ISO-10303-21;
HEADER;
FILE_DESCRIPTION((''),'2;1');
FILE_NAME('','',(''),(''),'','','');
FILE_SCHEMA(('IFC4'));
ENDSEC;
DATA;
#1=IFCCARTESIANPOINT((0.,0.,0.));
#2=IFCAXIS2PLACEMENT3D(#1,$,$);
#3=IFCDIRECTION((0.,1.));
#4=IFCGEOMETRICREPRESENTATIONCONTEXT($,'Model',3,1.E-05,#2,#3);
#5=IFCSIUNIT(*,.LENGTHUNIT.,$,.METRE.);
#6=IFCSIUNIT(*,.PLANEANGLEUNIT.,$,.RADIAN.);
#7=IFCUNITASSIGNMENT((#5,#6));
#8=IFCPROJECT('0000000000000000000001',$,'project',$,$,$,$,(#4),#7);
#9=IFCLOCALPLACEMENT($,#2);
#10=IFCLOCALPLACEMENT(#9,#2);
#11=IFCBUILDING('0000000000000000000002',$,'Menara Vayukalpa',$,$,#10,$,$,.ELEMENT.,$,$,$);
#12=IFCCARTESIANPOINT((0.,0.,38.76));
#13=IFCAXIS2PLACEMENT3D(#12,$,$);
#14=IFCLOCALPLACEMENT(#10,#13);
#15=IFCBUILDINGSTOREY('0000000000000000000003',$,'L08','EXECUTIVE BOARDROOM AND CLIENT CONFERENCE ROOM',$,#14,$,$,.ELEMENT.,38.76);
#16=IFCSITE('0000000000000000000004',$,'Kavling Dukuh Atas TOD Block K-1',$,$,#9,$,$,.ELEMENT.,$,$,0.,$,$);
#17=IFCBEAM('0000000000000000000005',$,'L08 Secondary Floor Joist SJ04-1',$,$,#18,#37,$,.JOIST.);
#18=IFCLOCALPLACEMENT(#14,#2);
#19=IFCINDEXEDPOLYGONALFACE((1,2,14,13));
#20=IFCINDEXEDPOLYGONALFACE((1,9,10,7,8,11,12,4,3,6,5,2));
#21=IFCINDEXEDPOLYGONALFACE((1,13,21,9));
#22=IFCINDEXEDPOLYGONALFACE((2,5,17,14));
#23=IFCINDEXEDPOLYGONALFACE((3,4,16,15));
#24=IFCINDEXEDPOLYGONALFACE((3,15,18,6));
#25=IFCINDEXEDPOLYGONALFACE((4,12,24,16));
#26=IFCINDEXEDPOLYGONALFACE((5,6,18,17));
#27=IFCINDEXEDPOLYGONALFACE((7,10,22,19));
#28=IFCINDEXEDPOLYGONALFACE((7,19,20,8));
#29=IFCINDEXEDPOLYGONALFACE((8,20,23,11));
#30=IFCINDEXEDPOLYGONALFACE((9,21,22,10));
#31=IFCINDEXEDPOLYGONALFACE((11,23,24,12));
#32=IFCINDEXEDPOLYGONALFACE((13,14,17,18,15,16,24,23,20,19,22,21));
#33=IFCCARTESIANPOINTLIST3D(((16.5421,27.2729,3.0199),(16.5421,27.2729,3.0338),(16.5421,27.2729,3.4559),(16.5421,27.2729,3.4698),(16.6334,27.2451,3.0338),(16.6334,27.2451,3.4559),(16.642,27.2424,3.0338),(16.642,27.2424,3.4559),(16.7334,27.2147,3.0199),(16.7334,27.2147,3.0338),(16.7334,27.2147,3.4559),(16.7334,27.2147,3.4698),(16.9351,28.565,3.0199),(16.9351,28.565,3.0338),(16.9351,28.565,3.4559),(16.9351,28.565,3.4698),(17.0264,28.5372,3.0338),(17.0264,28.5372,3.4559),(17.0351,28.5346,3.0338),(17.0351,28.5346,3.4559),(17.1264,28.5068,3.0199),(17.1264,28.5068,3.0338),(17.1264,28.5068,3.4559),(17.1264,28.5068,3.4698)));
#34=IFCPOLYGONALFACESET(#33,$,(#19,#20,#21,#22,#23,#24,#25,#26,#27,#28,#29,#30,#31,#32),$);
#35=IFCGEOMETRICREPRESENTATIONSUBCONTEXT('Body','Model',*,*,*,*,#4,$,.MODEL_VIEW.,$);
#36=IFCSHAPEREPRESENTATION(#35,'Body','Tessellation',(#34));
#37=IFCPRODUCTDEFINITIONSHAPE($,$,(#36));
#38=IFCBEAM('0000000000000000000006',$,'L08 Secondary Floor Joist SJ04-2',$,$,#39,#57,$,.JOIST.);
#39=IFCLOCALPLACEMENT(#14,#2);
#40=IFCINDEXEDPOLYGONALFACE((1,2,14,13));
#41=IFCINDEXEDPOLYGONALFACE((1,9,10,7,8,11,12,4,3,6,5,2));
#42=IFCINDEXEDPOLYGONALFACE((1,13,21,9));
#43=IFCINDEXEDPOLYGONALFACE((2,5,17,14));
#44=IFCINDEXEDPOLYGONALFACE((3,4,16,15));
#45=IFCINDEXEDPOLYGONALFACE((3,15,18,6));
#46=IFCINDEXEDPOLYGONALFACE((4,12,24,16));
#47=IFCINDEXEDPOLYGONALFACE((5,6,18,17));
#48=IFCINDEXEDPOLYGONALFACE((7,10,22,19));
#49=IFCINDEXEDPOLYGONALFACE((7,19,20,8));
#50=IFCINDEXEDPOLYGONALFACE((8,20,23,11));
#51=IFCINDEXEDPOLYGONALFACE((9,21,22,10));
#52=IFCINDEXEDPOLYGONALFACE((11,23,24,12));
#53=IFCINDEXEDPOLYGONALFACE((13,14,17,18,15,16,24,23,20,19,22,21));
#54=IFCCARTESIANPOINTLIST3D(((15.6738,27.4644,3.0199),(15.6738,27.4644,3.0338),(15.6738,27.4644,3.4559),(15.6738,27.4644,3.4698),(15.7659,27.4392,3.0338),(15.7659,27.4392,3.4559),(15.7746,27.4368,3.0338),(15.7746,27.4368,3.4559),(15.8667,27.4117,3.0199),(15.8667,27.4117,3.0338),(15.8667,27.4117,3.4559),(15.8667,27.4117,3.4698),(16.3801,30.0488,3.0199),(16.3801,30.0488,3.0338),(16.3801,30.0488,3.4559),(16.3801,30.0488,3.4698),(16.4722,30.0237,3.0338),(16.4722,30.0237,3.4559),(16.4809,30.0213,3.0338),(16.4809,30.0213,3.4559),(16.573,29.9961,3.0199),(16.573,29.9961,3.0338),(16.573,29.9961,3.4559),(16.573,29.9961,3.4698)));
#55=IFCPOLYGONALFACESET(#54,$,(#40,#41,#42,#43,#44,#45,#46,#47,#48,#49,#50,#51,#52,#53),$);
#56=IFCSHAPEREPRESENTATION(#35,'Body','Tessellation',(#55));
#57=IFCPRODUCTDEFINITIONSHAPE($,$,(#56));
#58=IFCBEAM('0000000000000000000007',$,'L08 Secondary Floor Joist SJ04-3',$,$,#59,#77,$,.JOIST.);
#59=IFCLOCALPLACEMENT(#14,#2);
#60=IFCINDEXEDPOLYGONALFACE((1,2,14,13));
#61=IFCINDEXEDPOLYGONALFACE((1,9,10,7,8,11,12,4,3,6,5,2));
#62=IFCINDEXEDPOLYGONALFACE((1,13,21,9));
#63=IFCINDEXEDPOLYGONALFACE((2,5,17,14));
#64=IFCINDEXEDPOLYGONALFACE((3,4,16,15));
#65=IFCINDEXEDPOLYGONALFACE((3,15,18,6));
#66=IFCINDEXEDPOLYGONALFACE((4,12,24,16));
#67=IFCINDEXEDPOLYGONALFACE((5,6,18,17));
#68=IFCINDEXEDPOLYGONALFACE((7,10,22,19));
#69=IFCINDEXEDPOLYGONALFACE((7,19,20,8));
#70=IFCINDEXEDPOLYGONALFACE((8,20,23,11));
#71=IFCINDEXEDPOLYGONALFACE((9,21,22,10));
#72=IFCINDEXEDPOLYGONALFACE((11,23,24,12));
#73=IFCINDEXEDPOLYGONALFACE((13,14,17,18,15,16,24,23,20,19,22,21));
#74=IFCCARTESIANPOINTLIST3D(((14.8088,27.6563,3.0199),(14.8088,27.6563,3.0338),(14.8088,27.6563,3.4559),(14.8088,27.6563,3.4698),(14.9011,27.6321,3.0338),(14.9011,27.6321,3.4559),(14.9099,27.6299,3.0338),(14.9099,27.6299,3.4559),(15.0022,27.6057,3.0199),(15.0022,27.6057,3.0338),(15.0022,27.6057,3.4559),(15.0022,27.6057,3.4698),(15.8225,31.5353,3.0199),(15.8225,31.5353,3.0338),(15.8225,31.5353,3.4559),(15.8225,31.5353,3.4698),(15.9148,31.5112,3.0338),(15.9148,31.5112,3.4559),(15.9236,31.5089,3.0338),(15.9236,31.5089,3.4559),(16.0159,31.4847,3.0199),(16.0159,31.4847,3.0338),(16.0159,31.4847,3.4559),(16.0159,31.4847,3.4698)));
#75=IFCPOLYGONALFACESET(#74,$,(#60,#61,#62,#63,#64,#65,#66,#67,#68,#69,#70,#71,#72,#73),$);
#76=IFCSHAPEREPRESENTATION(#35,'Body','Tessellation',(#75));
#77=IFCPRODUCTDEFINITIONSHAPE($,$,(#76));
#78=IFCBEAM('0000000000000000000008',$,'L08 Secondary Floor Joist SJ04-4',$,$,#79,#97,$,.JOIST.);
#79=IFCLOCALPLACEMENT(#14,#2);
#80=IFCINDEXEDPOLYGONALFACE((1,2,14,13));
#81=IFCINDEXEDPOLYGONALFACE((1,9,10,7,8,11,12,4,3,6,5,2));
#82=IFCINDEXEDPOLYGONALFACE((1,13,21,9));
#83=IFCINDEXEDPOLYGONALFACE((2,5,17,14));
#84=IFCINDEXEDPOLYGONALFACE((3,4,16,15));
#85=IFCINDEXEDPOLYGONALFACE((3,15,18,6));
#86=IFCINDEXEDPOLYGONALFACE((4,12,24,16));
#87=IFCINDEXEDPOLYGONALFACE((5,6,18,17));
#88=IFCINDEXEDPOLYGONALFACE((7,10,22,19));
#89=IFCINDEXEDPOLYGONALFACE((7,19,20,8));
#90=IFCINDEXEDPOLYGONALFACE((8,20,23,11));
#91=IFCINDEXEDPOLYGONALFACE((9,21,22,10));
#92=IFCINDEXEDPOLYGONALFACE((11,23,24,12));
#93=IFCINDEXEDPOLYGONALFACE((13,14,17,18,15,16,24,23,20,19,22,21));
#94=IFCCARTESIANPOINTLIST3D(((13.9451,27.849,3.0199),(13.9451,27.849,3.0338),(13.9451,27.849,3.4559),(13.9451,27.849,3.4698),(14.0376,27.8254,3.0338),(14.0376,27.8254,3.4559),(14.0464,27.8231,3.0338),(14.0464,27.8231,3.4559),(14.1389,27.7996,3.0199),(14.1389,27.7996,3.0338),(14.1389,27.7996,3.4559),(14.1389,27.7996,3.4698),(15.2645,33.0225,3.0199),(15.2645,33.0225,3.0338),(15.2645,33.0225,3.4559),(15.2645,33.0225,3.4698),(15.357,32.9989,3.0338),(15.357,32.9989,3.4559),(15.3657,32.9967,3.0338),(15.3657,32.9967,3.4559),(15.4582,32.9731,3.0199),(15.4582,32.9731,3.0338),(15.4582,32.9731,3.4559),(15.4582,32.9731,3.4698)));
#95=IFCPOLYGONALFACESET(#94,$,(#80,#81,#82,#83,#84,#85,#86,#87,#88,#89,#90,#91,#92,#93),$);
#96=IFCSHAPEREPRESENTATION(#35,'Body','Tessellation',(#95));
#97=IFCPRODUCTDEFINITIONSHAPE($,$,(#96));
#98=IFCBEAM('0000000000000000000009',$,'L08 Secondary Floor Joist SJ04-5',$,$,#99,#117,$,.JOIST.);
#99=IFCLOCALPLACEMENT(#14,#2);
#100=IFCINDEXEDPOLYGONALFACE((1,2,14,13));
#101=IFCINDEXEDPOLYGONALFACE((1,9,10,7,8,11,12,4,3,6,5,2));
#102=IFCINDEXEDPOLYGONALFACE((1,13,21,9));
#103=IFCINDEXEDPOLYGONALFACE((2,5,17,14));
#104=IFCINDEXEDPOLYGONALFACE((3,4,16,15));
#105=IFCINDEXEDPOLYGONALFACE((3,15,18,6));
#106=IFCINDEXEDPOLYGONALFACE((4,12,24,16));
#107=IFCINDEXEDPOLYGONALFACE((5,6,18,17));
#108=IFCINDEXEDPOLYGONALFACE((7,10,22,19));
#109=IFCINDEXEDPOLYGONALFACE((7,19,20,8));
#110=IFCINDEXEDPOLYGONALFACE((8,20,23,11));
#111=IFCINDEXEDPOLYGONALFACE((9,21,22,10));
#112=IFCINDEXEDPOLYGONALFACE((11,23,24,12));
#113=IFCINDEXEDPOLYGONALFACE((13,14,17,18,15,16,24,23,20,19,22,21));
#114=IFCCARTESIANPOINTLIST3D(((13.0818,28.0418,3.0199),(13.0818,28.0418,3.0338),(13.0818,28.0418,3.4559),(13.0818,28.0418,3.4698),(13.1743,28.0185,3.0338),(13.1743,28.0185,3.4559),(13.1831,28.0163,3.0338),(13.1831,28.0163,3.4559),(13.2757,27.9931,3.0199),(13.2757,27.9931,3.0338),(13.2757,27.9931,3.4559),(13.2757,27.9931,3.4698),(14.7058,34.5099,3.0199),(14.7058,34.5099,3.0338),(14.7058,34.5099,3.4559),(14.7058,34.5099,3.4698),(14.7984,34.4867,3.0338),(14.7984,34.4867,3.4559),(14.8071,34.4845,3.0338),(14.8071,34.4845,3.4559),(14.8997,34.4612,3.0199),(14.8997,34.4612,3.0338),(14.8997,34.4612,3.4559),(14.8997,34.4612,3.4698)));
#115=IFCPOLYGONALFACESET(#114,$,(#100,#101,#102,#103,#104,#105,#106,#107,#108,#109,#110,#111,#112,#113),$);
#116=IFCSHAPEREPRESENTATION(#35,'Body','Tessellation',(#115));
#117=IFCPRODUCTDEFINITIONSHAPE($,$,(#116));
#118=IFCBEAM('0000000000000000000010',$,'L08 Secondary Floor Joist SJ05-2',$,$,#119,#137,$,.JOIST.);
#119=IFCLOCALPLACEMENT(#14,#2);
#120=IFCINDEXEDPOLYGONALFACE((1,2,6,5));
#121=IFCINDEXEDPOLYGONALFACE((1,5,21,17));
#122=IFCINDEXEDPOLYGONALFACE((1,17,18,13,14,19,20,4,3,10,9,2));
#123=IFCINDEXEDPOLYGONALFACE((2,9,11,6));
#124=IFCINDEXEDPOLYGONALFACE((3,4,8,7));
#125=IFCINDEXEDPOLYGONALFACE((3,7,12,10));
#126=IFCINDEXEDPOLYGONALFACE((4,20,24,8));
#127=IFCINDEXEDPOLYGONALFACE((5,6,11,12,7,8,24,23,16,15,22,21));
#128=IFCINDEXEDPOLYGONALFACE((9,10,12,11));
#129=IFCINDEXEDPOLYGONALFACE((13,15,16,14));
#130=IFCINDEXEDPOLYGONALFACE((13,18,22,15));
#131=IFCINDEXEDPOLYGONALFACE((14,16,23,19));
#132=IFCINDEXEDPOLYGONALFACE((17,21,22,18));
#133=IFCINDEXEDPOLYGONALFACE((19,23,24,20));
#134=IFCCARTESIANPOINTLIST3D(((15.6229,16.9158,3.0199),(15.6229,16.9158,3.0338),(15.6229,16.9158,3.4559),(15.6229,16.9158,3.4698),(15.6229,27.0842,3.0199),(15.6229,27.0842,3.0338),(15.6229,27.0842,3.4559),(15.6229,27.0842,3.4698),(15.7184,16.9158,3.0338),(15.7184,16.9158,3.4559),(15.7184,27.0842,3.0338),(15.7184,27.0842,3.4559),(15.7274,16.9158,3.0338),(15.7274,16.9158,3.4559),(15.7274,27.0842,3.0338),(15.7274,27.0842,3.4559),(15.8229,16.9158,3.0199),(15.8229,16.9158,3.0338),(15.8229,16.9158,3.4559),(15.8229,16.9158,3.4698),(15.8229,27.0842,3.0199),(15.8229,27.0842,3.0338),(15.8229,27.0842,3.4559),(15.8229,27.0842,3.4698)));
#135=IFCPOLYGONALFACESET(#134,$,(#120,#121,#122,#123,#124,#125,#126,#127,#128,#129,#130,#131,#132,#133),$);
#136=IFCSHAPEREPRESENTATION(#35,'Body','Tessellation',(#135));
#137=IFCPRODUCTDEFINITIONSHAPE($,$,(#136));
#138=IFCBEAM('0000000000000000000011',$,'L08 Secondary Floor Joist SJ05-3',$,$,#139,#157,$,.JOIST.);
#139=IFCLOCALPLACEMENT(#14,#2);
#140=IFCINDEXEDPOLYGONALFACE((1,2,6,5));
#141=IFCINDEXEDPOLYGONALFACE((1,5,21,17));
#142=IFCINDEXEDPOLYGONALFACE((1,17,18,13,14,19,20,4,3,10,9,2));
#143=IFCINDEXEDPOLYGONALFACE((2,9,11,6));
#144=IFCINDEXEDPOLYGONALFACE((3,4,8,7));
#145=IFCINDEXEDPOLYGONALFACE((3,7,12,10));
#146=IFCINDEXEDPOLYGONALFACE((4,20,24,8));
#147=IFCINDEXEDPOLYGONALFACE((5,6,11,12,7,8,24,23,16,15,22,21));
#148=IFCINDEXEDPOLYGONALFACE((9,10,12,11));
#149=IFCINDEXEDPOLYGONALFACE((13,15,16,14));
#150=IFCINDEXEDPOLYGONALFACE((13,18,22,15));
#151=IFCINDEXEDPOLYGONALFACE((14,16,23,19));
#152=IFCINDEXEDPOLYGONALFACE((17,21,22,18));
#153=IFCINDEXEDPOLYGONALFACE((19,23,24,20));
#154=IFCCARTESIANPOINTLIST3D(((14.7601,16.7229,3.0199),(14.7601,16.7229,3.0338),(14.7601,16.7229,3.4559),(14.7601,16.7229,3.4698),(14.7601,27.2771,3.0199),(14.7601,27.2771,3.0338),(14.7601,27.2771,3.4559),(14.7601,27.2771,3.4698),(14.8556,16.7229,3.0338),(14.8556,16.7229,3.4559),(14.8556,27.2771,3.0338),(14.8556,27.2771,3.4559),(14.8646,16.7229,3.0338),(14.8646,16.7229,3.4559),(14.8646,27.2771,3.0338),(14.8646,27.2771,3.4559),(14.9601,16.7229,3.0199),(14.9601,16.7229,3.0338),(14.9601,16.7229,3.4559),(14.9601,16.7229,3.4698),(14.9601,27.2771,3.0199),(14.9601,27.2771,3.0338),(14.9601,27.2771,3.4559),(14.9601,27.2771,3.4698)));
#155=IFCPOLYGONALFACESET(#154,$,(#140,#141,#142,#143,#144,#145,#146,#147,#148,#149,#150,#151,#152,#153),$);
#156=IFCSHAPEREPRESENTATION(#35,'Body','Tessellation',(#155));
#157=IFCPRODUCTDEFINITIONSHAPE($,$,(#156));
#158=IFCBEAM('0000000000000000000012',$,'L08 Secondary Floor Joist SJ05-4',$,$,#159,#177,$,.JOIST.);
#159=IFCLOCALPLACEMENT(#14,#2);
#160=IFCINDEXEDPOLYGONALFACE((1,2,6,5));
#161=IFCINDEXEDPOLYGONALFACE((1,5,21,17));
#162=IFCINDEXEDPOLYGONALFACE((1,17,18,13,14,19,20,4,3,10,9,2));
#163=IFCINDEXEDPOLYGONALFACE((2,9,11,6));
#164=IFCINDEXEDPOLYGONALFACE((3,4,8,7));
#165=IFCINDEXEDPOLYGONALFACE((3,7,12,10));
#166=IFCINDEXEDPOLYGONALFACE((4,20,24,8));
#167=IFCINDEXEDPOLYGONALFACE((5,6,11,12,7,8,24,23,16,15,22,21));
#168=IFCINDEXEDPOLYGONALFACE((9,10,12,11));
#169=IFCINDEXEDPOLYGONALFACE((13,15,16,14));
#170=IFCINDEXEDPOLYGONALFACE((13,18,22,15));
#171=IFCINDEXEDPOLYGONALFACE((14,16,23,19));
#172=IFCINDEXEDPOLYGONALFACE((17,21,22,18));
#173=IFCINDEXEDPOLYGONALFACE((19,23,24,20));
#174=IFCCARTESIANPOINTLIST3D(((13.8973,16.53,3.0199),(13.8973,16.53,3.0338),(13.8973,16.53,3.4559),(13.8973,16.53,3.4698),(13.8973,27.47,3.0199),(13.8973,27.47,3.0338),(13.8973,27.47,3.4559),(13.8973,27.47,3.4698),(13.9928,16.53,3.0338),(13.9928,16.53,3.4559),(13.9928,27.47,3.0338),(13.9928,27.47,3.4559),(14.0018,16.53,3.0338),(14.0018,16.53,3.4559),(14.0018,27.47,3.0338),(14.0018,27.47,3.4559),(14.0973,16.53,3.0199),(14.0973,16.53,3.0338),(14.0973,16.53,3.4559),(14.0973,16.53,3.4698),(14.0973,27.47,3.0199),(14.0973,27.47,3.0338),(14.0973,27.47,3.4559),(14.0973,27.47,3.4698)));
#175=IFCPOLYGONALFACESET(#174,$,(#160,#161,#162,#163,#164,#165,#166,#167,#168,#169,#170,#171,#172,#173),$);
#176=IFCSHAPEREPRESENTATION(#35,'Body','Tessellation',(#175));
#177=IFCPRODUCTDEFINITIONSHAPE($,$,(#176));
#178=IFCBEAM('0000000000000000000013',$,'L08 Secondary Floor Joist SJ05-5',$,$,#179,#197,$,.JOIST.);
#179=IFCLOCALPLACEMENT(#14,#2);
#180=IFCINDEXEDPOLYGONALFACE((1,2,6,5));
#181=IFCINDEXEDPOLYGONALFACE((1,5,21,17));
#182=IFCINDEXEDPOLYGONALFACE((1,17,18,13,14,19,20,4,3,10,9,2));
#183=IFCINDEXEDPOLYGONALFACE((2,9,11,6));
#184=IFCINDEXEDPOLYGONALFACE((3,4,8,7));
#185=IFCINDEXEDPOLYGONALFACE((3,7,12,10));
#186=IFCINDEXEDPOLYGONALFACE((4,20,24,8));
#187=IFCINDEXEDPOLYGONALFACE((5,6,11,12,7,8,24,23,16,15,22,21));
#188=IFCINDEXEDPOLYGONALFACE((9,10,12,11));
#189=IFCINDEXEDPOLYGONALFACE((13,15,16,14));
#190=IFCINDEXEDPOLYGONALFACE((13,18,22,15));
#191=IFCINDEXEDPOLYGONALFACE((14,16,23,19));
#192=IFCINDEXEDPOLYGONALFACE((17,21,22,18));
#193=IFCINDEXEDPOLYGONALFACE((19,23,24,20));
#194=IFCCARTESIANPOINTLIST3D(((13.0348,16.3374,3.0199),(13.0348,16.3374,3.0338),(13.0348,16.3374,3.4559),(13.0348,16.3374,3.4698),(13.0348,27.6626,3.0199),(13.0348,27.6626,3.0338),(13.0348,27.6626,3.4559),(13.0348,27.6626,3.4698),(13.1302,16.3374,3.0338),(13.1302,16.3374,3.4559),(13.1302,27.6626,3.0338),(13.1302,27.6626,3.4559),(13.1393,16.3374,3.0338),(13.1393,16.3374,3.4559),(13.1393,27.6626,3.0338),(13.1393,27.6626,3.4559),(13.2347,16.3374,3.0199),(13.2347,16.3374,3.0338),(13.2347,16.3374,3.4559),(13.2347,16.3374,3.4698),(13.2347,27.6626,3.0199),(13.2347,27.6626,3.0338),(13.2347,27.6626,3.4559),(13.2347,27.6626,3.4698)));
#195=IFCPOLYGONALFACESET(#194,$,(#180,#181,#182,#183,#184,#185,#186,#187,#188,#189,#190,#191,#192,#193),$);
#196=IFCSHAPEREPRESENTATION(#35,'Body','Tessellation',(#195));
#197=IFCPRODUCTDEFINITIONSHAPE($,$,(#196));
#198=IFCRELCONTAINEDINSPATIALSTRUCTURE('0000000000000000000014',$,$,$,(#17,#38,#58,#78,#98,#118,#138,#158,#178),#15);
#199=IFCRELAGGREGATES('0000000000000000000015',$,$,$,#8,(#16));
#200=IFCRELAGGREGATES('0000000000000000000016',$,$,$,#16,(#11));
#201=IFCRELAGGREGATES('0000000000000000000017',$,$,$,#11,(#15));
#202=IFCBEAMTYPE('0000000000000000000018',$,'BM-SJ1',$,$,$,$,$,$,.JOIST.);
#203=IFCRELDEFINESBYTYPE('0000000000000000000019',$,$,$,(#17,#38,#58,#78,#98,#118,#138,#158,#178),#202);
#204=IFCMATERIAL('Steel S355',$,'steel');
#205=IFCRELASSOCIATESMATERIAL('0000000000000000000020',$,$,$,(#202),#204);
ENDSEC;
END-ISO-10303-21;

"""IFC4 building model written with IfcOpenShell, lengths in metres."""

from ifc_helpers import new_model, si_unit, direction, frame, origin, origin_2d, place, context, subcontext, project, spatial, i_section, extrude, material, material_profile, profile_set, type_object, element, save


model = new_model("IFC4")

# Units and contexts
model_context = context("Model", 3, precision=1e-05, world=origin(), true_north=direction((0.0, 1.0)))
body_context = subcontext(model_context, "Body", "Model", "MODEL_VIEW")
ifc_project = project(units=[si_unit("LENGTHUNIT", "METRE"), si_unit("PLANEANGLEUNIT", "RADIAN")], contexts=[model_context])

# Site, building, storey
site_placement = place(None, origin())
site = spatial("IfcSite", under=ifc_project, at=site_placement, Name="Kavling Dukuh Atas TOD Block K-1", CompositionType="ELEMENT", RefElevation=0.0)
building_placement = place(site_placement, origin())
building = spatial("IfcBuilding", under=site, at=building_placement, Name="Menara Vayukalpa", CompositionType="ELEMENT")
storey_placement = place(building_placement, frame((0.0, 0.0, 38.76)))
storey = spatial("IfcBuildingStorey", under=building, at=storey_placement, Name="L08", Description="EXECUTIVE BOARDROOM AND CLIENT CONFERENCE ROOM", CompositionType="ELEMENT", Elevation=38.76)

# Beams
ifc_material_1 = material(Name="Steel S355", Category="steel")
ifc_material_profile_1 = material_profile(ifc_material_1, i_section(OverallWidth=0.2, OverallDepth=0.45, WebThickness=0.009, FlangeThickness=0.0139, at=origin_2d()), Name="WF 450x200x9x14")
ifc_profile_set_1 = profile_set([ifc_material_profile_1], Name="Steel S355")
beam_type_1 = type_object("IfcBeamType", Name="BM-SJ1", PredefinedType="JOIST", material=ifc_profile_set_1)
beam_1_placement = place(storey_placement, frame((17.0308, 28.5359, 3.2449), z_axis=(-0.291011, -0.95672, 0.0), x_axis=(0.95672, -0.291011, 0.0)))
element("IfcBeam", 1, at=beam_1_placement, inside=storey, type_object=beam_type_1, Name="L08 Secondary Floor Joist SJ04-1", PredefinedType="JOIST", context=body_context, shape_type="SweptSolid", body=[
    extrude(i_section(OverallWidth=0.2, OverallDepth=0.45, WebThickness=0.009, FlangeThickness=0.0139, at=origin_2d()), origin(), (0.0, 0.0, 1.0), 1.3506),
])
beam_2_placement = place(storey_placement, frame((16.4766, 30.0225, 3.2449), z_axis=(-0.263619, -0.964627, 0.0), x_axis=(0.964627, -0.263619, 0.0)))
element("IfcBeam", 2, at=beam_2_placement, inside=storey, type_object=beam_type_1, Name="L08 Secondary Floor Joist SJ04-2", PredefinedType="JOIST", context=body_context, shape_type="SweptSolid", body=[
    extrude(i_section(OverallWidth=0.2, OverallDepth=0.45, WebThickness=0.009, FlangeThickness=0.0139, at=origin_2d()), origin(), (0.0, 0.0, 1.0), 2.6792),
])
beam_3_placement = place(storey_placement, frame((15.9192, 31.51, 3.2449), z_axis=(-0.252838, -0.967509, 0.0), x_axis=(0.967509, -0.252838, 0.0)))
element("IfcBeam", 3, at=beam_3_placement, inside=storey, type_object=beam_type_1, Name="L08 Secondary Floor Joist SJ04-3", PredefinedType="JOIST", context=body_context, shape_type="SweptSolid", body=[
    extrude(i_section(OverallWidth=0.2, OverallDepth=0.45, WebThickness=0.009, FlangeThickness=0.0139, at=origin_2d()), origin(), (0.0, 0.0, 1.0), 4.0093),
])
beam_4_placement = place(storey_placement, frame((15.3613, 32.9978, 3.2449), z_axis=(-0.247106, -0.968989, 0.0), x_axis=(0.968989, -0.247106, 0.0)))
element("IfcBeam", 4, at=beam_4_placement, inside=storey, type_object=beam_type_1, Name="L08 Secondary Floor Joist SJ04-4", PredefinedType="JOIST", context=body_context, shape_type="SweptSolid", body=[
    extrude(i_section(OverallWidth=0.2, OverallDepth=0.45, WebThickness=0.009, FlangeThickness=0.0139, at=origin_2d()), origin(), (0.0, 0.0, 1.0), 5.3391),
])
beam_5_placement = place(storey_placement, frame((14.8027, 34.4856, 3.2449), z_axis=(-0.243517, -0.969897, 0.0), x_axis=(0.969897, -0.243517, 0.0)))
element("IfcBeam", 5, at=beam_5_placement, inside=storey, type_object=beam_type_1, Name="L08 Secondary Floor Joist SJ04-5", PredefinedType="JOIST", context=body_context, shape_type="SweptSolid", body=[
    extrude(i_section(OverallWidth=0.2, OverallDepth=0.45, WebThickness=0.009, FlangeThickness=0.0139, at=origin_2d()), origin(), (0.0, 0.0, 1.0), 6.6689),
])
beam_6_placement = place(storey_placement, frame((15.7229, 27.0842, 3.2449), z_axis=(0.0, -1.0, 0.0), x_axis=(1.0, 0.0, 0.0)))
element("IfcBeam", 6, at=beam_6_placement, inside=storey, type_object=beam_type_1, Name="L08 Secondary Floor Joist SJ05-2", PredefinedType="JOIST", context=body_context, shape_type="SweptSolid", body=[
    extrude(i_section(OverallWidth=0.2, OverallDepth=0.45, WebThickness=0.009, FlangeThickness=0.0139, at=origin_2d()), origin(), (0.0, 0.0, 1.0), 10.1685),
])
beam_7_placement = place(storey_placement, frame((14.8601, 27.2771, 3.2449), z_axis=(0.0, -1.0, 0.0), x_axis=(1.0, 0.0, 0.0)))
element("IfcBeam", 7, at=beam_7_placement, inside=storey, type_object=beam_type_1, Name="L08 Secondary Floor Joist SJ05-3", PredefinedType="JOIST", context=body_context, shape_type="SweptSolid", body=[
    extrude(i_section(OverallWidth=0.2, OverallDepth=0.45, WebThickness=0.009, FlangeThickness=0.0139, at=origin_2d()), origin(), (0.0, 0.0, 1.0), 10.5542),
])
beam_8_placement = place(storey_placement, frame((13.9973, 27.47, 3.2449), z_axis=(0.0, -1.0, 0.0), x_axis=(1.0, 0.0, 0.0)))
element("IfcBeam", 8, at=beam_8_placement, inside=storey, type_object=beam_type_1, Name="L08 Secondary Floor Joist SJ05-4", PredefinedType="JOIST", context=body_context, shape_type="SweptSolid", body=[
    extrude(i_section(OverallWidth=0.2, OverallDepth=0.45, WebThickness=0.009, FlangeThickness=0.0139, at=origin_2d()), origin(), (0.0, 0.0, 1.0), 10.9399),
])
beam_9_placement = place(storey_placement, frame((13.1348, 27.6626, 3.2449), z_axis=(0.0, -1.0, 0.0), x_axis=(1.0, 0.0, 0.0)))
element("IfcBeam", 9, at=beam_9_placement, inside=storey, type_object=beam_type_1, Name="L08 Secondary Floor Joist SJ05-5", PredefinedType="JOIST", context=body_context, shape_type="SweptSolid", body=[
    extrude(i_section(OverallWidth=0.2, OverallDepth=0.45, WebThickness=0.009, FlangeThickness=0.0139, at=origin_2d()), origin(), (0.0, 0.0, 1.0), 11.3252),
])

save(model, "model.ifc")
